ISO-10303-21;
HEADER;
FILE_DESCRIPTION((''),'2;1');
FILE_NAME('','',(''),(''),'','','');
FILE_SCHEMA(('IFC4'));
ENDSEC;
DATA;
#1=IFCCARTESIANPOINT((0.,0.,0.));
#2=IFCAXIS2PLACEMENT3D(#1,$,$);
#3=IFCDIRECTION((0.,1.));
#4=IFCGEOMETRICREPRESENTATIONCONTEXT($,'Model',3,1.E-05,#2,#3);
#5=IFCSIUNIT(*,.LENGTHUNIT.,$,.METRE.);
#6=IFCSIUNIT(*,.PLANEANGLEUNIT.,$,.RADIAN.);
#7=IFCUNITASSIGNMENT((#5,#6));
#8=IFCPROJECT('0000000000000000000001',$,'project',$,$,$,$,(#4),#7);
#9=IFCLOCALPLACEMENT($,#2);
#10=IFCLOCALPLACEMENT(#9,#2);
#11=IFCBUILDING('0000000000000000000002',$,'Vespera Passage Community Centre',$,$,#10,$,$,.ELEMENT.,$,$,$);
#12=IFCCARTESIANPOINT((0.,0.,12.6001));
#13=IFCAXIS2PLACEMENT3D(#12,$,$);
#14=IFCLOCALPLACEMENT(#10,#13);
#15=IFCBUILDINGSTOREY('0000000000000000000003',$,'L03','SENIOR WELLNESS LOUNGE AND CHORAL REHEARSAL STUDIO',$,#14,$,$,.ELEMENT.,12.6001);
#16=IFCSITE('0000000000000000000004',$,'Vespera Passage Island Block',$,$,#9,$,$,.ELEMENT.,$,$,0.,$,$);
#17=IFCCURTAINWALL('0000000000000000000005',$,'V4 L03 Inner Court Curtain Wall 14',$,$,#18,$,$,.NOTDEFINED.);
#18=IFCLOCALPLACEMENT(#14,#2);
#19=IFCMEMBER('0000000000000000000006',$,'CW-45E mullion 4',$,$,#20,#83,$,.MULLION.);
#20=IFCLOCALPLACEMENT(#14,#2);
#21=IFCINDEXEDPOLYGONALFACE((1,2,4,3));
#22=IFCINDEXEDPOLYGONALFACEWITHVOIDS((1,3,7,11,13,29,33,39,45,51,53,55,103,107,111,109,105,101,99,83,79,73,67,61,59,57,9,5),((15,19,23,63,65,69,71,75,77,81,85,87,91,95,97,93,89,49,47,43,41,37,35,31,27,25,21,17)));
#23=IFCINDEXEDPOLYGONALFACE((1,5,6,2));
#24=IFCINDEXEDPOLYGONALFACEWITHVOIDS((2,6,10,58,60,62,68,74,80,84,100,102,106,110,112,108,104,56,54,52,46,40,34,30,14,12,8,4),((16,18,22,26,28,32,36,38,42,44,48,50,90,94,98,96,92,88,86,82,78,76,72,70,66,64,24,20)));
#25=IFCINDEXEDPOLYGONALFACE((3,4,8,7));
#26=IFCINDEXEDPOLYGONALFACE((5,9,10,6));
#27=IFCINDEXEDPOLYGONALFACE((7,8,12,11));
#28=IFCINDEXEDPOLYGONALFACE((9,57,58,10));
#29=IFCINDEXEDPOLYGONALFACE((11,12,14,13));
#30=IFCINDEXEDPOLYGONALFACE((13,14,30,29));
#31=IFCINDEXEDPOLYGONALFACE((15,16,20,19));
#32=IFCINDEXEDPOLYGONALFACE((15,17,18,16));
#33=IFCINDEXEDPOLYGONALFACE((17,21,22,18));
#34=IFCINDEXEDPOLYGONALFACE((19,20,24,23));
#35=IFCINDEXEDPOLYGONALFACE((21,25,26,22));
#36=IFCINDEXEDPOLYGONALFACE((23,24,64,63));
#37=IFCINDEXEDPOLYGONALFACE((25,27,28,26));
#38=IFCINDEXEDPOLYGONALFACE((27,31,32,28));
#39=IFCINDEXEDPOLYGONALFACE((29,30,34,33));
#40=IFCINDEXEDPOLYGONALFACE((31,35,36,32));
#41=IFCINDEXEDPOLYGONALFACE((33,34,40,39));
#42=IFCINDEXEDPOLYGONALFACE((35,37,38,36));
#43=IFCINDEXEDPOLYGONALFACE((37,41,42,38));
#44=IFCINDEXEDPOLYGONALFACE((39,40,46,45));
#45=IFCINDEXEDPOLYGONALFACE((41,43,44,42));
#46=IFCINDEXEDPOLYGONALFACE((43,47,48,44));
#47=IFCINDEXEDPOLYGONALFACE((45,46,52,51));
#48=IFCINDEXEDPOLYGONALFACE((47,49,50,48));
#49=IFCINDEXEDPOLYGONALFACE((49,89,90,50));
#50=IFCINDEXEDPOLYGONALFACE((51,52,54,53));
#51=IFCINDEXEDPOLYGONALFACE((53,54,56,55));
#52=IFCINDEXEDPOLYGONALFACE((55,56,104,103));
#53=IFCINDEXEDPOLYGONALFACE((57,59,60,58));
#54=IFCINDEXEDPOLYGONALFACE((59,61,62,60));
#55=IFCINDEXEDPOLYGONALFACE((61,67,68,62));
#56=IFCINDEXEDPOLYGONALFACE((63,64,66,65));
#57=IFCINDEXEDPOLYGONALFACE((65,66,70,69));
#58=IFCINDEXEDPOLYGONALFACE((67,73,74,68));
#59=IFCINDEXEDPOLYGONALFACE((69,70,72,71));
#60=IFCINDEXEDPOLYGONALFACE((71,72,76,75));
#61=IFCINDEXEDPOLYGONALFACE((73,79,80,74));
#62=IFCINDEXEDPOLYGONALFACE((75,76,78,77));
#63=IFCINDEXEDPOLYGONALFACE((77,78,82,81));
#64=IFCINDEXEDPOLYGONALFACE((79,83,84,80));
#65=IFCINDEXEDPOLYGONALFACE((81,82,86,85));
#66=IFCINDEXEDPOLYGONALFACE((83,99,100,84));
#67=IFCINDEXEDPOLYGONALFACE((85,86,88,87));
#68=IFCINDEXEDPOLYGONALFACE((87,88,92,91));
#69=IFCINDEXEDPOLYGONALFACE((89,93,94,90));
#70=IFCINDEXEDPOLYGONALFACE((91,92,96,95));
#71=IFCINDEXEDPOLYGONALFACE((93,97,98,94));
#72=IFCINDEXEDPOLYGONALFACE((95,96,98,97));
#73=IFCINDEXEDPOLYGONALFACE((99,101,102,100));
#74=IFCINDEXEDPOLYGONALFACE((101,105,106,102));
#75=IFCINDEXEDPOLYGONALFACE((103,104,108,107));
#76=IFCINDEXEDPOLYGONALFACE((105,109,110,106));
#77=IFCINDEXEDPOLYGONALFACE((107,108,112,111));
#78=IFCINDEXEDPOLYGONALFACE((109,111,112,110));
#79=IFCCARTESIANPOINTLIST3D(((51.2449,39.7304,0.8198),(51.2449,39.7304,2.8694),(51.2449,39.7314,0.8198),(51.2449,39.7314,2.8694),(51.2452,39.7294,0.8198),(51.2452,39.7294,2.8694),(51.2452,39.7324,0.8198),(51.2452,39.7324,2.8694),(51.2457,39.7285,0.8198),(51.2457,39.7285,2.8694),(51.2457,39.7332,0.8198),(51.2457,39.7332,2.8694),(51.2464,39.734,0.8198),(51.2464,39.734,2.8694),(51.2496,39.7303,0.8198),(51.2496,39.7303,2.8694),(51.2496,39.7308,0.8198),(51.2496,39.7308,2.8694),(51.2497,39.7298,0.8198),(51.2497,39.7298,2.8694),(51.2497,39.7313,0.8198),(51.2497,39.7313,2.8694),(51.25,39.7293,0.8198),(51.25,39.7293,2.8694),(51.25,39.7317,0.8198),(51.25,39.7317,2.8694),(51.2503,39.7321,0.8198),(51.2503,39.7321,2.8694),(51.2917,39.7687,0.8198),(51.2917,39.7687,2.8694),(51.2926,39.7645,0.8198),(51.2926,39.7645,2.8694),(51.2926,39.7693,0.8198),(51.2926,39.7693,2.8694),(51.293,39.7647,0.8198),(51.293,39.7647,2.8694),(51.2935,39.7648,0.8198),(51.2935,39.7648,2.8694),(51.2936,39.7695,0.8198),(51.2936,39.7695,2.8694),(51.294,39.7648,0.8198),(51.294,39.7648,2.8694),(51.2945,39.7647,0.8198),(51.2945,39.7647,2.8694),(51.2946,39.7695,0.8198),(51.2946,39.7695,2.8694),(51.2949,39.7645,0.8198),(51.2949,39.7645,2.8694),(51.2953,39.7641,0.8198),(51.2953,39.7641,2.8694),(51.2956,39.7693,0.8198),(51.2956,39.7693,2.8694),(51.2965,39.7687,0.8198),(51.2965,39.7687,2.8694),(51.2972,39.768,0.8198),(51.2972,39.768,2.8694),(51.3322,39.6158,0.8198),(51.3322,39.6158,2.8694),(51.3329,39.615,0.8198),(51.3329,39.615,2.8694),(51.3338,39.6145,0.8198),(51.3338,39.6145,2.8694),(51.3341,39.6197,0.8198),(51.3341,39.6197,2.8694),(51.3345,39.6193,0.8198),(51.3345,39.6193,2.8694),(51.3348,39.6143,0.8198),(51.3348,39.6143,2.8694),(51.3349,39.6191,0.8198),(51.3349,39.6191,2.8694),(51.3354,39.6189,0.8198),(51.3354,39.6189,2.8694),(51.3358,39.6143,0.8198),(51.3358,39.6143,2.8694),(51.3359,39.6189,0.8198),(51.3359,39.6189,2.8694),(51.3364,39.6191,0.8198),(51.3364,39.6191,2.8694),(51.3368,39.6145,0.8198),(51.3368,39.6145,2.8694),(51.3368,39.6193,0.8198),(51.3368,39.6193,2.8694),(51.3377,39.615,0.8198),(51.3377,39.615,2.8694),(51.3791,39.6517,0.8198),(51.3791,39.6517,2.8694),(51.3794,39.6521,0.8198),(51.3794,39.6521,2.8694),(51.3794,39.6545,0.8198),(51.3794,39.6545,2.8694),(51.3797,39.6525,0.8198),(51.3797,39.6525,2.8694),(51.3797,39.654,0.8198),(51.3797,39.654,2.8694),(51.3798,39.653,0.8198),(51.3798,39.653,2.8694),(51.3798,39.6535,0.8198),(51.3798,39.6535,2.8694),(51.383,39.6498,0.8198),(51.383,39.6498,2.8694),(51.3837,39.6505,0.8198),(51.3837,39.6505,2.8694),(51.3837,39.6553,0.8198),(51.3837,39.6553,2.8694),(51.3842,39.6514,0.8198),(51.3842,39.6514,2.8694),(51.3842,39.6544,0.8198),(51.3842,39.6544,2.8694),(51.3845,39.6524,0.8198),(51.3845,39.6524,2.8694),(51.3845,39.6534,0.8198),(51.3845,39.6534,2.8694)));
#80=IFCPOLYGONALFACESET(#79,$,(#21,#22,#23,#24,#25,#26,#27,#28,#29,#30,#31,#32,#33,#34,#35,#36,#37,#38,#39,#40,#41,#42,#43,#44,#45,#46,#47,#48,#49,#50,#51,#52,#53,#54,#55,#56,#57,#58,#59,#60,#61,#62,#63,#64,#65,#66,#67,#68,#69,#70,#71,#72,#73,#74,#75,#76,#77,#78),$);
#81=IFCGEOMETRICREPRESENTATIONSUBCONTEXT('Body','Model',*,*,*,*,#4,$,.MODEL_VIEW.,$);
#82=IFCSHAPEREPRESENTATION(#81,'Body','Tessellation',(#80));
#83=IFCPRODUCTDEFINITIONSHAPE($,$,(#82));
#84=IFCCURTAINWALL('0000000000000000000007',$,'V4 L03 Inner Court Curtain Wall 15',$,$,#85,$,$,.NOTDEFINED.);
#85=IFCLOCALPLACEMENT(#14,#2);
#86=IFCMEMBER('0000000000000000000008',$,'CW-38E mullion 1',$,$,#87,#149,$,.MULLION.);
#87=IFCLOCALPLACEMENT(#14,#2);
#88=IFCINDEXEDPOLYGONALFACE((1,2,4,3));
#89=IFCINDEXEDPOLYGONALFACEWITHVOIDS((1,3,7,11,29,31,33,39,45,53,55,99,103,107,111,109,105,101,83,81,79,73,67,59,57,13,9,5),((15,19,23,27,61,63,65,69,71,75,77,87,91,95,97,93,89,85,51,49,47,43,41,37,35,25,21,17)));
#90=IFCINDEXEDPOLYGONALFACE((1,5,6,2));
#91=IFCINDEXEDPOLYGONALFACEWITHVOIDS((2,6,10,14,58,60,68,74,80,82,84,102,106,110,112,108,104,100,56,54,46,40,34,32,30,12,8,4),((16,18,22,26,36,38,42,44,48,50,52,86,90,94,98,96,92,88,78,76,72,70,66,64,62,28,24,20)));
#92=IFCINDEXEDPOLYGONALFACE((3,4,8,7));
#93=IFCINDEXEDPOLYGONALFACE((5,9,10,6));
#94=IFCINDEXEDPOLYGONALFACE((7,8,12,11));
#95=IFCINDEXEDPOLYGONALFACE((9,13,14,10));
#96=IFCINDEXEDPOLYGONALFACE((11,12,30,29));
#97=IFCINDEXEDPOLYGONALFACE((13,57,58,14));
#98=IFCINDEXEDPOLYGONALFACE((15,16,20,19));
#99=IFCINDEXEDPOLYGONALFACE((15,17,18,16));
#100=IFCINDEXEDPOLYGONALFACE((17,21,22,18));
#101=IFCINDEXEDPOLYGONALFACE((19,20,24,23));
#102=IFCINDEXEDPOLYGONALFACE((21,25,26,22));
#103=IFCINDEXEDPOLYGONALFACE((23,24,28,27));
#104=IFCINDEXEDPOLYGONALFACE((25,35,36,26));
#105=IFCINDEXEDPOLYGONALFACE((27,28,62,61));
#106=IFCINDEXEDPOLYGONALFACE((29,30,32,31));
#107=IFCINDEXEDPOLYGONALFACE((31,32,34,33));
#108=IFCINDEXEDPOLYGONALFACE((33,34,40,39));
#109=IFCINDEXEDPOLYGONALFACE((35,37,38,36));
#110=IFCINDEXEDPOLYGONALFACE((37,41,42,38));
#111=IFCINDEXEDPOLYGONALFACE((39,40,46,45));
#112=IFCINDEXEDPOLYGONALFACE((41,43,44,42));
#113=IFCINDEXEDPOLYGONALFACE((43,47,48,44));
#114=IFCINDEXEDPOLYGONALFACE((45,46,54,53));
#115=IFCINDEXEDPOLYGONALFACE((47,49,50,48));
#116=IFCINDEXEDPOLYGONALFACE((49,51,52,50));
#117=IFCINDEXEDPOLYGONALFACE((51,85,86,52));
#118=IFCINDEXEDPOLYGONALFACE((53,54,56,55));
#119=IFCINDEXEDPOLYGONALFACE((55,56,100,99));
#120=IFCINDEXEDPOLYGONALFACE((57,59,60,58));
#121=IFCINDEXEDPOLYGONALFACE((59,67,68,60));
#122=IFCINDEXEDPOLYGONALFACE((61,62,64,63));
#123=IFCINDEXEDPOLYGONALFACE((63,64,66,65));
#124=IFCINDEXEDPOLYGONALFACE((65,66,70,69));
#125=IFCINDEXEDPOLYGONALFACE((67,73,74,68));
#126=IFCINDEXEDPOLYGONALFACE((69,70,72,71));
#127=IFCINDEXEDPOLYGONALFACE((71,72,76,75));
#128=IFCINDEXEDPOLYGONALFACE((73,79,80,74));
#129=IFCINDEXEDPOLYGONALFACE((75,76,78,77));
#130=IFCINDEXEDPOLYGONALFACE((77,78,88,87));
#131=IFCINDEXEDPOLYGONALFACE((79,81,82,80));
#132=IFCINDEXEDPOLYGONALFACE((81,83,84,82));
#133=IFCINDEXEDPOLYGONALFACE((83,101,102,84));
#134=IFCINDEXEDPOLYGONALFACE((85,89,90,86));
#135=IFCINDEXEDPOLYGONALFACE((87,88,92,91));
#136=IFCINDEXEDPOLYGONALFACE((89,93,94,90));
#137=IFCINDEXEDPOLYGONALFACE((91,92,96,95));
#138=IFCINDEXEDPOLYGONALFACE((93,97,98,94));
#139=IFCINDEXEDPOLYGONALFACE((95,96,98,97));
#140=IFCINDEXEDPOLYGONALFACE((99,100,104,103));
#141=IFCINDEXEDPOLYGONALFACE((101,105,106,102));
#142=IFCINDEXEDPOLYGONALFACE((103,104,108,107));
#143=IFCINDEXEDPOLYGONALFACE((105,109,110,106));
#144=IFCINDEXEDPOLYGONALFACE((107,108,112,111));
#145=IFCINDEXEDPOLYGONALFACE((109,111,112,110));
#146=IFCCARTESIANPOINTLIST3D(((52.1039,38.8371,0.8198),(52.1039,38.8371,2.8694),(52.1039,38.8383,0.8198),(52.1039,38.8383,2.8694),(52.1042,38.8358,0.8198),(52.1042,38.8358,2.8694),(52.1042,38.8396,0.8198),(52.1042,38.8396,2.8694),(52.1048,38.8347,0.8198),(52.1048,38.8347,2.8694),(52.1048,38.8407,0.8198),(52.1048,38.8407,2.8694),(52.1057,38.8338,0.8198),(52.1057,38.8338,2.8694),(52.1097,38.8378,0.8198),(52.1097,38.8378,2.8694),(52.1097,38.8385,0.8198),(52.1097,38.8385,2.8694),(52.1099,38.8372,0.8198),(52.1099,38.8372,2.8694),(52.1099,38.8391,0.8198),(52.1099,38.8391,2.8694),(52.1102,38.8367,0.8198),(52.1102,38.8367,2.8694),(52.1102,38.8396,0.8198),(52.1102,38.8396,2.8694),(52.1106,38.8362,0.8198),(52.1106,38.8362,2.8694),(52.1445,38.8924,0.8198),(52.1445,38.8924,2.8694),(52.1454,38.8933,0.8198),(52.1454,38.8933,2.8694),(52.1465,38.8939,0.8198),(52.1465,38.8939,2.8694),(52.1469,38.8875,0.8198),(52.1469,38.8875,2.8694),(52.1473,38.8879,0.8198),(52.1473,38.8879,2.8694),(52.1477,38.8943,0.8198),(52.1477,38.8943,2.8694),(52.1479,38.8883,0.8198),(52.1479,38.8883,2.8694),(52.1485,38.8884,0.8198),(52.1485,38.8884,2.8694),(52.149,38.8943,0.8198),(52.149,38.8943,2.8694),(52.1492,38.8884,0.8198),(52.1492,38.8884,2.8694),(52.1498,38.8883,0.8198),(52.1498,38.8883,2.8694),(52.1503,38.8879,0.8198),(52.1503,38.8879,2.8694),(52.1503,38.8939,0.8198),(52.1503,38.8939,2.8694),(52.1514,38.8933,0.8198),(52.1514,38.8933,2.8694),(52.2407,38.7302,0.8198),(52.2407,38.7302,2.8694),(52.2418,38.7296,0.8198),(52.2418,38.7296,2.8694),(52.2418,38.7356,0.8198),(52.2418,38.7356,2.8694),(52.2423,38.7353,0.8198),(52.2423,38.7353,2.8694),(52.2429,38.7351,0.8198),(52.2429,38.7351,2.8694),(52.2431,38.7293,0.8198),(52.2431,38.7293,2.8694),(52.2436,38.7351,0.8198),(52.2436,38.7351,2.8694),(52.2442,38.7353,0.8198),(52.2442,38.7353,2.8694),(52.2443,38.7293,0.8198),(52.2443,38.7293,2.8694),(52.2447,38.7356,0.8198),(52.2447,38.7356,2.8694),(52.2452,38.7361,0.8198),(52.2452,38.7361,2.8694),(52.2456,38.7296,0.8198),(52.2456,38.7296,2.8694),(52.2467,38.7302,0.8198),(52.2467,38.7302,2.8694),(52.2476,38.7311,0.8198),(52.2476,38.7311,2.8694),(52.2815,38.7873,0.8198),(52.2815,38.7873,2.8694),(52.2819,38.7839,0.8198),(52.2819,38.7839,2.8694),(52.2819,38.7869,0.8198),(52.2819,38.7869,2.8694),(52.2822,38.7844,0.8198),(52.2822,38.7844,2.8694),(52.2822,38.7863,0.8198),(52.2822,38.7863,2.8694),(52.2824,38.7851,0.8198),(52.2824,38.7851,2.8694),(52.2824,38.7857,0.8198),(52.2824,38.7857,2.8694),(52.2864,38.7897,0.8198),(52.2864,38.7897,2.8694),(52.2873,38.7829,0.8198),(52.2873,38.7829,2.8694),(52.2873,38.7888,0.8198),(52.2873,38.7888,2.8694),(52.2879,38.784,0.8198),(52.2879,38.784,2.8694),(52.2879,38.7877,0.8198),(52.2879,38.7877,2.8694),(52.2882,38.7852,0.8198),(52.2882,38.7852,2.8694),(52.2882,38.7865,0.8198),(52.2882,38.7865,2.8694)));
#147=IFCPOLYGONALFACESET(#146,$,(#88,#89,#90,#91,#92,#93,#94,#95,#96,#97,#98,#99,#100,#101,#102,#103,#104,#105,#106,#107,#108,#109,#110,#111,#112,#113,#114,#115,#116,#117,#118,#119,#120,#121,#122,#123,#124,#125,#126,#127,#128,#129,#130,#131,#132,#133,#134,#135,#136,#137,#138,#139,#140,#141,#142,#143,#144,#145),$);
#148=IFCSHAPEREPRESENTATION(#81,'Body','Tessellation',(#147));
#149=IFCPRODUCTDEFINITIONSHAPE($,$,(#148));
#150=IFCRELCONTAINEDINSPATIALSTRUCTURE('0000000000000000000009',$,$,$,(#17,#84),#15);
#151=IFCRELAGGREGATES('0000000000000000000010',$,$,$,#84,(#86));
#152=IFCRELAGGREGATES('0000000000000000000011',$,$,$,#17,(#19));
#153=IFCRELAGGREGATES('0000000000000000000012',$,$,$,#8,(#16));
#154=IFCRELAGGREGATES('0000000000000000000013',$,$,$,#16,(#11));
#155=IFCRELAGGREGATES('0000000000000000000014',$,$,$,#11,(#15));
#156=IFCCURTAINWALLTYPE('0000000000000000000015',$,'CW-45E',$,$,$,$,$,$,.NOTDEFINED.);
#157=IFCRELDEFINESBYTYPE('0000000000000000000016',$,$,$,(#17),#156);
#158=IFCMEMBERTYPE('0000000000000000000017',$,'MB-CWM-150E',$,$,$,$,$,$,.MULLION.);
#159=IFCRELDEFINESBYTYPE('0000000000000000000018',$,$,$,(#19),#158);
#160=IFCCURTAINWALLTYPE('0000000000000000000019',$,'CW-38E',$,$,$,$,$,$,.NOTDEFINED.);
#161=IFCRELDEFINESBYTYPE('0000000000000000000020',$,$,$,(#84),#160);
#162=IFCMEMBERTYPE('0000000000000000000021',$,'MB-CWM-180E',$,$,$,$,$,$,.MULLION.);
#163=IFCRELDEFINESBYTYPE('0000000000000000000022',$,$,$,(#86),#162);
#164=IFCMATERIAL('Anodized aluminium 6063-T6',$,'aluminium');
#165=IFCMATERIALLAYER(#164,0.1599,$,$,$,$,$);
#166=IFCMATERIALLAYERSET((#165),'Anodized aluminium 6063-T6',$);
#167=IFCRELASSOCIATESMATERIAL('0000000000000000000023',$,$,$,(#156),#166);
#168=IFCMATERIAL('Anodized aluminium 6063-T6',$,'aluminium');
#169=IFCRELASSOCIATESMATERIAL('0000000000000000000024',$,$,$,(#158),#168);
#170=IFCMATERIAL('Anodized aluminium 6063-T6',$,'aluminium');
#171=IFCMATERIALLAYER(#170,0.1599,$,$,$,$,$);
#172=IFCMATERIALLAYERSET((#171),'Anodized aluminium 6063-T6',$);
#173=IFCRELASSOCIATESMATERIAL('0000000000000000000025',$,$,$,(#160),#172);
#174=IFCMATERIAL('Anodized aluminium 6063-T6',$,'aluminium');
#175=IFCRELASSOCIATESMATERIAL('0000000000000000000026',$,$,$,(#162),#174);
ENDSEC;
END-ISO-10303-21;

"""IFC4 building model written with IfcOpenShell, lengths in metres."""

from ifc_helpers import new_model, si_unit, direction, frame, origin, origin_2d, place, context, subcontext, project, spatial, hollow_rectangle, extrude, material, layer, layer_set, material_profile, profile_set, type_object, element, aggregate, save


model = new_model("IFC4")

# Units and contexts
model_context = context("Model", 3, precision=1e-05, world=origin(), true_north=direction((0.0, 1.0)))
body_context = subcontext(model_context, "Body", "Model", "MODEL_VIEW")
ifc_project = project(units=[si_unit("LENGTHUNIT", "METRE"), si_unit("PLANEANGLEUNIT", "RADIAN")], contexts=[model_context])

# Site, building, storey
site_placement = place(None, origin())
site = spatial("IfcSite", under=ifc_project, at=site_placement, Name="Vespera Passage Island Block", CompositionType="ELEMENT", RefElevation=0.0)
building_placement = place(site_placement, origin())
building = spatial("IfcBuilding", under=site, at=building_placement, Name="Vespera Passage Community Centre", CompositionType="ELEMENT")
storey_placement = place(building_placement, frame((0.0, 0.0, 12.6001)))
storey = spatial("IfcBuildingStorey", under=building, at=storey_placement, Name="L03", Description="SENIOR WELLNESS LOUNGE AND CHORAL REHEARSAL STUDIO", CompositionType="ELEMENT", Elevation=12.6001)

# Curtain walls, members
ifc_material_1 = material(Name="Anodized aluminium 6063-T6", Category="aluminium")
ifc_layer_1 = layer(ifc_material_1, 0.1599)
ifc_layer_set_1 = layer_set([ifc_layer_1], Name="Anodized aluminium 6063-T6")
curtain_wall_type_1 = type_object("IfcCurtainWallType", Name="CW-45E", PredefinedType="NOTDEFINED", material=ifc_layer_set_1)
curtain_wall_1_placement = place(storey_placement, origin())
curtain_wall_1 = element("IfcCurtainWall", 1, at=curtain_wall_1_placement, inside=storey, type_object=curtain_wall_type_1, Name="V4 L03 Inner Court Curtain Wall 14", PredefinedType="NOTDEFINED")
ifc_material_2 = material(Name="Anodized aluminium 6063-T6", Category="aluminium")
ifc_material_profile_1 = material_profile(ifc_material_2, hollow_rectangle(XDim=0.0649, YDim=0.1499, WallThickness=0.0039, InnerFilletRadius=0.002, OuterFilletRadius=0.0039, at=origin_2d()), Name="ALU150X65X4")
ifc_profile_set_1 = profile_set([ifc_material_profile_1], Name="Anodized aluminium 6063-T6")
member_type_1 = type_object("IfcMemberType", Name="MB-CWM-150E", PredefinedType="MULLION", material=ifc_profile_set_1)
member_1_placement = place(storey_placement, frame((51.3147, 39.6919, 0.8198), z_axis=(0.0, 0.0, 1.0), x_axis=(0.793358, 0.608755, 0.0)))
member_1 = element("IfcMember", 2, at=member_1_placement, type_object=member_type_1, Name="CW-45E mullion 4", PredefinedType="MULLION", context=body_context, shape_type="SweptSolid", body=[
    extrude(hollow_rectangle(XDim=0.0649, YDim=0.1499, WallThickness=0.0039, InnerFilletRadius=0.002, OuterFilletRadius=0.0039, at=origin_2d()), origin(), (0.0, 0.0, 1.0), 2.0496),
])
ifc_material_3 = material(Name="Anodized aluminium 6063-T6", Category="aluminium")
ifc_layer_2 = layer(ifc_material_3, 0.1599)
ifc_layer_set_2 = layer_set([ifc_layer_2], Name="Anodized aluminium 6063-T6")
curtain_wall_type_2 = type_object("IfcCurtainWallType", Name="CW-38E", PredefinedType="NOTDEFINED", material=ifc_layer_set_2)
curtain_wall_2_placement = place(storey_placement, origin())
curtain_wall_2 = element("IfcCurtainWall", 3, at=curtain_wall_2_placement, inside=storey, type_object=curtain_wall_type_2, Name="V4 L03 Inner Court Curtain Wall 15", PredefinedType="NOTDEFINED")
ifc_material_4 = material(Name="Anodized aluminium 6063-T6", Category="aluminium")
ifc_material_profile_2 = material_profile(ifc_material_4, hollow_rectangle(XDim=0.075, YDim=0.1799, WallThickness=0.0049, InnerFilletRadius=0.0024, OuterFilletRadius=0.0049, at=origin_2d()), Name="ALU180X75X5")
ifc_profile_set_2 = profile_set([ifc_material_profile_2], Name="Anodized aluminium 6063-T6")
member_type_2 = type_object("IfcMemberType", Name="MB-CWM-180E", PredefinedType="MULLION", material=ifc_profile_set_2)
member_2_placement = place(storey_placement, frame((52.196, 38.8118, 0.8198), z_axis=(0.0, 0.0, 1.0), x_axis=(0.608755, 0.793358, 0.0)))
member_2 = element("IfcMember", 4, at=member_2_placement, type_object=member_type_2, Name="CW-38E mullion 1", PredefinedType="MULLION", context=body_context, shape_type="SweptSolid", body=[
    extrude(hollow_rectangle(XDim=0.075, YDim=0.1799, WallThickness=0.0049, InnerFilletRadius=0.0024, OuterFilletRadius=0.0049, at=origin_2d()), origin(), (0.0, 0.0, 1.0), 2.0496),
])

aggregate(curtain_wall_2, [member_2])
aggregate(curtain_wall_1, [member_1])

save(model, "model.ifc")
